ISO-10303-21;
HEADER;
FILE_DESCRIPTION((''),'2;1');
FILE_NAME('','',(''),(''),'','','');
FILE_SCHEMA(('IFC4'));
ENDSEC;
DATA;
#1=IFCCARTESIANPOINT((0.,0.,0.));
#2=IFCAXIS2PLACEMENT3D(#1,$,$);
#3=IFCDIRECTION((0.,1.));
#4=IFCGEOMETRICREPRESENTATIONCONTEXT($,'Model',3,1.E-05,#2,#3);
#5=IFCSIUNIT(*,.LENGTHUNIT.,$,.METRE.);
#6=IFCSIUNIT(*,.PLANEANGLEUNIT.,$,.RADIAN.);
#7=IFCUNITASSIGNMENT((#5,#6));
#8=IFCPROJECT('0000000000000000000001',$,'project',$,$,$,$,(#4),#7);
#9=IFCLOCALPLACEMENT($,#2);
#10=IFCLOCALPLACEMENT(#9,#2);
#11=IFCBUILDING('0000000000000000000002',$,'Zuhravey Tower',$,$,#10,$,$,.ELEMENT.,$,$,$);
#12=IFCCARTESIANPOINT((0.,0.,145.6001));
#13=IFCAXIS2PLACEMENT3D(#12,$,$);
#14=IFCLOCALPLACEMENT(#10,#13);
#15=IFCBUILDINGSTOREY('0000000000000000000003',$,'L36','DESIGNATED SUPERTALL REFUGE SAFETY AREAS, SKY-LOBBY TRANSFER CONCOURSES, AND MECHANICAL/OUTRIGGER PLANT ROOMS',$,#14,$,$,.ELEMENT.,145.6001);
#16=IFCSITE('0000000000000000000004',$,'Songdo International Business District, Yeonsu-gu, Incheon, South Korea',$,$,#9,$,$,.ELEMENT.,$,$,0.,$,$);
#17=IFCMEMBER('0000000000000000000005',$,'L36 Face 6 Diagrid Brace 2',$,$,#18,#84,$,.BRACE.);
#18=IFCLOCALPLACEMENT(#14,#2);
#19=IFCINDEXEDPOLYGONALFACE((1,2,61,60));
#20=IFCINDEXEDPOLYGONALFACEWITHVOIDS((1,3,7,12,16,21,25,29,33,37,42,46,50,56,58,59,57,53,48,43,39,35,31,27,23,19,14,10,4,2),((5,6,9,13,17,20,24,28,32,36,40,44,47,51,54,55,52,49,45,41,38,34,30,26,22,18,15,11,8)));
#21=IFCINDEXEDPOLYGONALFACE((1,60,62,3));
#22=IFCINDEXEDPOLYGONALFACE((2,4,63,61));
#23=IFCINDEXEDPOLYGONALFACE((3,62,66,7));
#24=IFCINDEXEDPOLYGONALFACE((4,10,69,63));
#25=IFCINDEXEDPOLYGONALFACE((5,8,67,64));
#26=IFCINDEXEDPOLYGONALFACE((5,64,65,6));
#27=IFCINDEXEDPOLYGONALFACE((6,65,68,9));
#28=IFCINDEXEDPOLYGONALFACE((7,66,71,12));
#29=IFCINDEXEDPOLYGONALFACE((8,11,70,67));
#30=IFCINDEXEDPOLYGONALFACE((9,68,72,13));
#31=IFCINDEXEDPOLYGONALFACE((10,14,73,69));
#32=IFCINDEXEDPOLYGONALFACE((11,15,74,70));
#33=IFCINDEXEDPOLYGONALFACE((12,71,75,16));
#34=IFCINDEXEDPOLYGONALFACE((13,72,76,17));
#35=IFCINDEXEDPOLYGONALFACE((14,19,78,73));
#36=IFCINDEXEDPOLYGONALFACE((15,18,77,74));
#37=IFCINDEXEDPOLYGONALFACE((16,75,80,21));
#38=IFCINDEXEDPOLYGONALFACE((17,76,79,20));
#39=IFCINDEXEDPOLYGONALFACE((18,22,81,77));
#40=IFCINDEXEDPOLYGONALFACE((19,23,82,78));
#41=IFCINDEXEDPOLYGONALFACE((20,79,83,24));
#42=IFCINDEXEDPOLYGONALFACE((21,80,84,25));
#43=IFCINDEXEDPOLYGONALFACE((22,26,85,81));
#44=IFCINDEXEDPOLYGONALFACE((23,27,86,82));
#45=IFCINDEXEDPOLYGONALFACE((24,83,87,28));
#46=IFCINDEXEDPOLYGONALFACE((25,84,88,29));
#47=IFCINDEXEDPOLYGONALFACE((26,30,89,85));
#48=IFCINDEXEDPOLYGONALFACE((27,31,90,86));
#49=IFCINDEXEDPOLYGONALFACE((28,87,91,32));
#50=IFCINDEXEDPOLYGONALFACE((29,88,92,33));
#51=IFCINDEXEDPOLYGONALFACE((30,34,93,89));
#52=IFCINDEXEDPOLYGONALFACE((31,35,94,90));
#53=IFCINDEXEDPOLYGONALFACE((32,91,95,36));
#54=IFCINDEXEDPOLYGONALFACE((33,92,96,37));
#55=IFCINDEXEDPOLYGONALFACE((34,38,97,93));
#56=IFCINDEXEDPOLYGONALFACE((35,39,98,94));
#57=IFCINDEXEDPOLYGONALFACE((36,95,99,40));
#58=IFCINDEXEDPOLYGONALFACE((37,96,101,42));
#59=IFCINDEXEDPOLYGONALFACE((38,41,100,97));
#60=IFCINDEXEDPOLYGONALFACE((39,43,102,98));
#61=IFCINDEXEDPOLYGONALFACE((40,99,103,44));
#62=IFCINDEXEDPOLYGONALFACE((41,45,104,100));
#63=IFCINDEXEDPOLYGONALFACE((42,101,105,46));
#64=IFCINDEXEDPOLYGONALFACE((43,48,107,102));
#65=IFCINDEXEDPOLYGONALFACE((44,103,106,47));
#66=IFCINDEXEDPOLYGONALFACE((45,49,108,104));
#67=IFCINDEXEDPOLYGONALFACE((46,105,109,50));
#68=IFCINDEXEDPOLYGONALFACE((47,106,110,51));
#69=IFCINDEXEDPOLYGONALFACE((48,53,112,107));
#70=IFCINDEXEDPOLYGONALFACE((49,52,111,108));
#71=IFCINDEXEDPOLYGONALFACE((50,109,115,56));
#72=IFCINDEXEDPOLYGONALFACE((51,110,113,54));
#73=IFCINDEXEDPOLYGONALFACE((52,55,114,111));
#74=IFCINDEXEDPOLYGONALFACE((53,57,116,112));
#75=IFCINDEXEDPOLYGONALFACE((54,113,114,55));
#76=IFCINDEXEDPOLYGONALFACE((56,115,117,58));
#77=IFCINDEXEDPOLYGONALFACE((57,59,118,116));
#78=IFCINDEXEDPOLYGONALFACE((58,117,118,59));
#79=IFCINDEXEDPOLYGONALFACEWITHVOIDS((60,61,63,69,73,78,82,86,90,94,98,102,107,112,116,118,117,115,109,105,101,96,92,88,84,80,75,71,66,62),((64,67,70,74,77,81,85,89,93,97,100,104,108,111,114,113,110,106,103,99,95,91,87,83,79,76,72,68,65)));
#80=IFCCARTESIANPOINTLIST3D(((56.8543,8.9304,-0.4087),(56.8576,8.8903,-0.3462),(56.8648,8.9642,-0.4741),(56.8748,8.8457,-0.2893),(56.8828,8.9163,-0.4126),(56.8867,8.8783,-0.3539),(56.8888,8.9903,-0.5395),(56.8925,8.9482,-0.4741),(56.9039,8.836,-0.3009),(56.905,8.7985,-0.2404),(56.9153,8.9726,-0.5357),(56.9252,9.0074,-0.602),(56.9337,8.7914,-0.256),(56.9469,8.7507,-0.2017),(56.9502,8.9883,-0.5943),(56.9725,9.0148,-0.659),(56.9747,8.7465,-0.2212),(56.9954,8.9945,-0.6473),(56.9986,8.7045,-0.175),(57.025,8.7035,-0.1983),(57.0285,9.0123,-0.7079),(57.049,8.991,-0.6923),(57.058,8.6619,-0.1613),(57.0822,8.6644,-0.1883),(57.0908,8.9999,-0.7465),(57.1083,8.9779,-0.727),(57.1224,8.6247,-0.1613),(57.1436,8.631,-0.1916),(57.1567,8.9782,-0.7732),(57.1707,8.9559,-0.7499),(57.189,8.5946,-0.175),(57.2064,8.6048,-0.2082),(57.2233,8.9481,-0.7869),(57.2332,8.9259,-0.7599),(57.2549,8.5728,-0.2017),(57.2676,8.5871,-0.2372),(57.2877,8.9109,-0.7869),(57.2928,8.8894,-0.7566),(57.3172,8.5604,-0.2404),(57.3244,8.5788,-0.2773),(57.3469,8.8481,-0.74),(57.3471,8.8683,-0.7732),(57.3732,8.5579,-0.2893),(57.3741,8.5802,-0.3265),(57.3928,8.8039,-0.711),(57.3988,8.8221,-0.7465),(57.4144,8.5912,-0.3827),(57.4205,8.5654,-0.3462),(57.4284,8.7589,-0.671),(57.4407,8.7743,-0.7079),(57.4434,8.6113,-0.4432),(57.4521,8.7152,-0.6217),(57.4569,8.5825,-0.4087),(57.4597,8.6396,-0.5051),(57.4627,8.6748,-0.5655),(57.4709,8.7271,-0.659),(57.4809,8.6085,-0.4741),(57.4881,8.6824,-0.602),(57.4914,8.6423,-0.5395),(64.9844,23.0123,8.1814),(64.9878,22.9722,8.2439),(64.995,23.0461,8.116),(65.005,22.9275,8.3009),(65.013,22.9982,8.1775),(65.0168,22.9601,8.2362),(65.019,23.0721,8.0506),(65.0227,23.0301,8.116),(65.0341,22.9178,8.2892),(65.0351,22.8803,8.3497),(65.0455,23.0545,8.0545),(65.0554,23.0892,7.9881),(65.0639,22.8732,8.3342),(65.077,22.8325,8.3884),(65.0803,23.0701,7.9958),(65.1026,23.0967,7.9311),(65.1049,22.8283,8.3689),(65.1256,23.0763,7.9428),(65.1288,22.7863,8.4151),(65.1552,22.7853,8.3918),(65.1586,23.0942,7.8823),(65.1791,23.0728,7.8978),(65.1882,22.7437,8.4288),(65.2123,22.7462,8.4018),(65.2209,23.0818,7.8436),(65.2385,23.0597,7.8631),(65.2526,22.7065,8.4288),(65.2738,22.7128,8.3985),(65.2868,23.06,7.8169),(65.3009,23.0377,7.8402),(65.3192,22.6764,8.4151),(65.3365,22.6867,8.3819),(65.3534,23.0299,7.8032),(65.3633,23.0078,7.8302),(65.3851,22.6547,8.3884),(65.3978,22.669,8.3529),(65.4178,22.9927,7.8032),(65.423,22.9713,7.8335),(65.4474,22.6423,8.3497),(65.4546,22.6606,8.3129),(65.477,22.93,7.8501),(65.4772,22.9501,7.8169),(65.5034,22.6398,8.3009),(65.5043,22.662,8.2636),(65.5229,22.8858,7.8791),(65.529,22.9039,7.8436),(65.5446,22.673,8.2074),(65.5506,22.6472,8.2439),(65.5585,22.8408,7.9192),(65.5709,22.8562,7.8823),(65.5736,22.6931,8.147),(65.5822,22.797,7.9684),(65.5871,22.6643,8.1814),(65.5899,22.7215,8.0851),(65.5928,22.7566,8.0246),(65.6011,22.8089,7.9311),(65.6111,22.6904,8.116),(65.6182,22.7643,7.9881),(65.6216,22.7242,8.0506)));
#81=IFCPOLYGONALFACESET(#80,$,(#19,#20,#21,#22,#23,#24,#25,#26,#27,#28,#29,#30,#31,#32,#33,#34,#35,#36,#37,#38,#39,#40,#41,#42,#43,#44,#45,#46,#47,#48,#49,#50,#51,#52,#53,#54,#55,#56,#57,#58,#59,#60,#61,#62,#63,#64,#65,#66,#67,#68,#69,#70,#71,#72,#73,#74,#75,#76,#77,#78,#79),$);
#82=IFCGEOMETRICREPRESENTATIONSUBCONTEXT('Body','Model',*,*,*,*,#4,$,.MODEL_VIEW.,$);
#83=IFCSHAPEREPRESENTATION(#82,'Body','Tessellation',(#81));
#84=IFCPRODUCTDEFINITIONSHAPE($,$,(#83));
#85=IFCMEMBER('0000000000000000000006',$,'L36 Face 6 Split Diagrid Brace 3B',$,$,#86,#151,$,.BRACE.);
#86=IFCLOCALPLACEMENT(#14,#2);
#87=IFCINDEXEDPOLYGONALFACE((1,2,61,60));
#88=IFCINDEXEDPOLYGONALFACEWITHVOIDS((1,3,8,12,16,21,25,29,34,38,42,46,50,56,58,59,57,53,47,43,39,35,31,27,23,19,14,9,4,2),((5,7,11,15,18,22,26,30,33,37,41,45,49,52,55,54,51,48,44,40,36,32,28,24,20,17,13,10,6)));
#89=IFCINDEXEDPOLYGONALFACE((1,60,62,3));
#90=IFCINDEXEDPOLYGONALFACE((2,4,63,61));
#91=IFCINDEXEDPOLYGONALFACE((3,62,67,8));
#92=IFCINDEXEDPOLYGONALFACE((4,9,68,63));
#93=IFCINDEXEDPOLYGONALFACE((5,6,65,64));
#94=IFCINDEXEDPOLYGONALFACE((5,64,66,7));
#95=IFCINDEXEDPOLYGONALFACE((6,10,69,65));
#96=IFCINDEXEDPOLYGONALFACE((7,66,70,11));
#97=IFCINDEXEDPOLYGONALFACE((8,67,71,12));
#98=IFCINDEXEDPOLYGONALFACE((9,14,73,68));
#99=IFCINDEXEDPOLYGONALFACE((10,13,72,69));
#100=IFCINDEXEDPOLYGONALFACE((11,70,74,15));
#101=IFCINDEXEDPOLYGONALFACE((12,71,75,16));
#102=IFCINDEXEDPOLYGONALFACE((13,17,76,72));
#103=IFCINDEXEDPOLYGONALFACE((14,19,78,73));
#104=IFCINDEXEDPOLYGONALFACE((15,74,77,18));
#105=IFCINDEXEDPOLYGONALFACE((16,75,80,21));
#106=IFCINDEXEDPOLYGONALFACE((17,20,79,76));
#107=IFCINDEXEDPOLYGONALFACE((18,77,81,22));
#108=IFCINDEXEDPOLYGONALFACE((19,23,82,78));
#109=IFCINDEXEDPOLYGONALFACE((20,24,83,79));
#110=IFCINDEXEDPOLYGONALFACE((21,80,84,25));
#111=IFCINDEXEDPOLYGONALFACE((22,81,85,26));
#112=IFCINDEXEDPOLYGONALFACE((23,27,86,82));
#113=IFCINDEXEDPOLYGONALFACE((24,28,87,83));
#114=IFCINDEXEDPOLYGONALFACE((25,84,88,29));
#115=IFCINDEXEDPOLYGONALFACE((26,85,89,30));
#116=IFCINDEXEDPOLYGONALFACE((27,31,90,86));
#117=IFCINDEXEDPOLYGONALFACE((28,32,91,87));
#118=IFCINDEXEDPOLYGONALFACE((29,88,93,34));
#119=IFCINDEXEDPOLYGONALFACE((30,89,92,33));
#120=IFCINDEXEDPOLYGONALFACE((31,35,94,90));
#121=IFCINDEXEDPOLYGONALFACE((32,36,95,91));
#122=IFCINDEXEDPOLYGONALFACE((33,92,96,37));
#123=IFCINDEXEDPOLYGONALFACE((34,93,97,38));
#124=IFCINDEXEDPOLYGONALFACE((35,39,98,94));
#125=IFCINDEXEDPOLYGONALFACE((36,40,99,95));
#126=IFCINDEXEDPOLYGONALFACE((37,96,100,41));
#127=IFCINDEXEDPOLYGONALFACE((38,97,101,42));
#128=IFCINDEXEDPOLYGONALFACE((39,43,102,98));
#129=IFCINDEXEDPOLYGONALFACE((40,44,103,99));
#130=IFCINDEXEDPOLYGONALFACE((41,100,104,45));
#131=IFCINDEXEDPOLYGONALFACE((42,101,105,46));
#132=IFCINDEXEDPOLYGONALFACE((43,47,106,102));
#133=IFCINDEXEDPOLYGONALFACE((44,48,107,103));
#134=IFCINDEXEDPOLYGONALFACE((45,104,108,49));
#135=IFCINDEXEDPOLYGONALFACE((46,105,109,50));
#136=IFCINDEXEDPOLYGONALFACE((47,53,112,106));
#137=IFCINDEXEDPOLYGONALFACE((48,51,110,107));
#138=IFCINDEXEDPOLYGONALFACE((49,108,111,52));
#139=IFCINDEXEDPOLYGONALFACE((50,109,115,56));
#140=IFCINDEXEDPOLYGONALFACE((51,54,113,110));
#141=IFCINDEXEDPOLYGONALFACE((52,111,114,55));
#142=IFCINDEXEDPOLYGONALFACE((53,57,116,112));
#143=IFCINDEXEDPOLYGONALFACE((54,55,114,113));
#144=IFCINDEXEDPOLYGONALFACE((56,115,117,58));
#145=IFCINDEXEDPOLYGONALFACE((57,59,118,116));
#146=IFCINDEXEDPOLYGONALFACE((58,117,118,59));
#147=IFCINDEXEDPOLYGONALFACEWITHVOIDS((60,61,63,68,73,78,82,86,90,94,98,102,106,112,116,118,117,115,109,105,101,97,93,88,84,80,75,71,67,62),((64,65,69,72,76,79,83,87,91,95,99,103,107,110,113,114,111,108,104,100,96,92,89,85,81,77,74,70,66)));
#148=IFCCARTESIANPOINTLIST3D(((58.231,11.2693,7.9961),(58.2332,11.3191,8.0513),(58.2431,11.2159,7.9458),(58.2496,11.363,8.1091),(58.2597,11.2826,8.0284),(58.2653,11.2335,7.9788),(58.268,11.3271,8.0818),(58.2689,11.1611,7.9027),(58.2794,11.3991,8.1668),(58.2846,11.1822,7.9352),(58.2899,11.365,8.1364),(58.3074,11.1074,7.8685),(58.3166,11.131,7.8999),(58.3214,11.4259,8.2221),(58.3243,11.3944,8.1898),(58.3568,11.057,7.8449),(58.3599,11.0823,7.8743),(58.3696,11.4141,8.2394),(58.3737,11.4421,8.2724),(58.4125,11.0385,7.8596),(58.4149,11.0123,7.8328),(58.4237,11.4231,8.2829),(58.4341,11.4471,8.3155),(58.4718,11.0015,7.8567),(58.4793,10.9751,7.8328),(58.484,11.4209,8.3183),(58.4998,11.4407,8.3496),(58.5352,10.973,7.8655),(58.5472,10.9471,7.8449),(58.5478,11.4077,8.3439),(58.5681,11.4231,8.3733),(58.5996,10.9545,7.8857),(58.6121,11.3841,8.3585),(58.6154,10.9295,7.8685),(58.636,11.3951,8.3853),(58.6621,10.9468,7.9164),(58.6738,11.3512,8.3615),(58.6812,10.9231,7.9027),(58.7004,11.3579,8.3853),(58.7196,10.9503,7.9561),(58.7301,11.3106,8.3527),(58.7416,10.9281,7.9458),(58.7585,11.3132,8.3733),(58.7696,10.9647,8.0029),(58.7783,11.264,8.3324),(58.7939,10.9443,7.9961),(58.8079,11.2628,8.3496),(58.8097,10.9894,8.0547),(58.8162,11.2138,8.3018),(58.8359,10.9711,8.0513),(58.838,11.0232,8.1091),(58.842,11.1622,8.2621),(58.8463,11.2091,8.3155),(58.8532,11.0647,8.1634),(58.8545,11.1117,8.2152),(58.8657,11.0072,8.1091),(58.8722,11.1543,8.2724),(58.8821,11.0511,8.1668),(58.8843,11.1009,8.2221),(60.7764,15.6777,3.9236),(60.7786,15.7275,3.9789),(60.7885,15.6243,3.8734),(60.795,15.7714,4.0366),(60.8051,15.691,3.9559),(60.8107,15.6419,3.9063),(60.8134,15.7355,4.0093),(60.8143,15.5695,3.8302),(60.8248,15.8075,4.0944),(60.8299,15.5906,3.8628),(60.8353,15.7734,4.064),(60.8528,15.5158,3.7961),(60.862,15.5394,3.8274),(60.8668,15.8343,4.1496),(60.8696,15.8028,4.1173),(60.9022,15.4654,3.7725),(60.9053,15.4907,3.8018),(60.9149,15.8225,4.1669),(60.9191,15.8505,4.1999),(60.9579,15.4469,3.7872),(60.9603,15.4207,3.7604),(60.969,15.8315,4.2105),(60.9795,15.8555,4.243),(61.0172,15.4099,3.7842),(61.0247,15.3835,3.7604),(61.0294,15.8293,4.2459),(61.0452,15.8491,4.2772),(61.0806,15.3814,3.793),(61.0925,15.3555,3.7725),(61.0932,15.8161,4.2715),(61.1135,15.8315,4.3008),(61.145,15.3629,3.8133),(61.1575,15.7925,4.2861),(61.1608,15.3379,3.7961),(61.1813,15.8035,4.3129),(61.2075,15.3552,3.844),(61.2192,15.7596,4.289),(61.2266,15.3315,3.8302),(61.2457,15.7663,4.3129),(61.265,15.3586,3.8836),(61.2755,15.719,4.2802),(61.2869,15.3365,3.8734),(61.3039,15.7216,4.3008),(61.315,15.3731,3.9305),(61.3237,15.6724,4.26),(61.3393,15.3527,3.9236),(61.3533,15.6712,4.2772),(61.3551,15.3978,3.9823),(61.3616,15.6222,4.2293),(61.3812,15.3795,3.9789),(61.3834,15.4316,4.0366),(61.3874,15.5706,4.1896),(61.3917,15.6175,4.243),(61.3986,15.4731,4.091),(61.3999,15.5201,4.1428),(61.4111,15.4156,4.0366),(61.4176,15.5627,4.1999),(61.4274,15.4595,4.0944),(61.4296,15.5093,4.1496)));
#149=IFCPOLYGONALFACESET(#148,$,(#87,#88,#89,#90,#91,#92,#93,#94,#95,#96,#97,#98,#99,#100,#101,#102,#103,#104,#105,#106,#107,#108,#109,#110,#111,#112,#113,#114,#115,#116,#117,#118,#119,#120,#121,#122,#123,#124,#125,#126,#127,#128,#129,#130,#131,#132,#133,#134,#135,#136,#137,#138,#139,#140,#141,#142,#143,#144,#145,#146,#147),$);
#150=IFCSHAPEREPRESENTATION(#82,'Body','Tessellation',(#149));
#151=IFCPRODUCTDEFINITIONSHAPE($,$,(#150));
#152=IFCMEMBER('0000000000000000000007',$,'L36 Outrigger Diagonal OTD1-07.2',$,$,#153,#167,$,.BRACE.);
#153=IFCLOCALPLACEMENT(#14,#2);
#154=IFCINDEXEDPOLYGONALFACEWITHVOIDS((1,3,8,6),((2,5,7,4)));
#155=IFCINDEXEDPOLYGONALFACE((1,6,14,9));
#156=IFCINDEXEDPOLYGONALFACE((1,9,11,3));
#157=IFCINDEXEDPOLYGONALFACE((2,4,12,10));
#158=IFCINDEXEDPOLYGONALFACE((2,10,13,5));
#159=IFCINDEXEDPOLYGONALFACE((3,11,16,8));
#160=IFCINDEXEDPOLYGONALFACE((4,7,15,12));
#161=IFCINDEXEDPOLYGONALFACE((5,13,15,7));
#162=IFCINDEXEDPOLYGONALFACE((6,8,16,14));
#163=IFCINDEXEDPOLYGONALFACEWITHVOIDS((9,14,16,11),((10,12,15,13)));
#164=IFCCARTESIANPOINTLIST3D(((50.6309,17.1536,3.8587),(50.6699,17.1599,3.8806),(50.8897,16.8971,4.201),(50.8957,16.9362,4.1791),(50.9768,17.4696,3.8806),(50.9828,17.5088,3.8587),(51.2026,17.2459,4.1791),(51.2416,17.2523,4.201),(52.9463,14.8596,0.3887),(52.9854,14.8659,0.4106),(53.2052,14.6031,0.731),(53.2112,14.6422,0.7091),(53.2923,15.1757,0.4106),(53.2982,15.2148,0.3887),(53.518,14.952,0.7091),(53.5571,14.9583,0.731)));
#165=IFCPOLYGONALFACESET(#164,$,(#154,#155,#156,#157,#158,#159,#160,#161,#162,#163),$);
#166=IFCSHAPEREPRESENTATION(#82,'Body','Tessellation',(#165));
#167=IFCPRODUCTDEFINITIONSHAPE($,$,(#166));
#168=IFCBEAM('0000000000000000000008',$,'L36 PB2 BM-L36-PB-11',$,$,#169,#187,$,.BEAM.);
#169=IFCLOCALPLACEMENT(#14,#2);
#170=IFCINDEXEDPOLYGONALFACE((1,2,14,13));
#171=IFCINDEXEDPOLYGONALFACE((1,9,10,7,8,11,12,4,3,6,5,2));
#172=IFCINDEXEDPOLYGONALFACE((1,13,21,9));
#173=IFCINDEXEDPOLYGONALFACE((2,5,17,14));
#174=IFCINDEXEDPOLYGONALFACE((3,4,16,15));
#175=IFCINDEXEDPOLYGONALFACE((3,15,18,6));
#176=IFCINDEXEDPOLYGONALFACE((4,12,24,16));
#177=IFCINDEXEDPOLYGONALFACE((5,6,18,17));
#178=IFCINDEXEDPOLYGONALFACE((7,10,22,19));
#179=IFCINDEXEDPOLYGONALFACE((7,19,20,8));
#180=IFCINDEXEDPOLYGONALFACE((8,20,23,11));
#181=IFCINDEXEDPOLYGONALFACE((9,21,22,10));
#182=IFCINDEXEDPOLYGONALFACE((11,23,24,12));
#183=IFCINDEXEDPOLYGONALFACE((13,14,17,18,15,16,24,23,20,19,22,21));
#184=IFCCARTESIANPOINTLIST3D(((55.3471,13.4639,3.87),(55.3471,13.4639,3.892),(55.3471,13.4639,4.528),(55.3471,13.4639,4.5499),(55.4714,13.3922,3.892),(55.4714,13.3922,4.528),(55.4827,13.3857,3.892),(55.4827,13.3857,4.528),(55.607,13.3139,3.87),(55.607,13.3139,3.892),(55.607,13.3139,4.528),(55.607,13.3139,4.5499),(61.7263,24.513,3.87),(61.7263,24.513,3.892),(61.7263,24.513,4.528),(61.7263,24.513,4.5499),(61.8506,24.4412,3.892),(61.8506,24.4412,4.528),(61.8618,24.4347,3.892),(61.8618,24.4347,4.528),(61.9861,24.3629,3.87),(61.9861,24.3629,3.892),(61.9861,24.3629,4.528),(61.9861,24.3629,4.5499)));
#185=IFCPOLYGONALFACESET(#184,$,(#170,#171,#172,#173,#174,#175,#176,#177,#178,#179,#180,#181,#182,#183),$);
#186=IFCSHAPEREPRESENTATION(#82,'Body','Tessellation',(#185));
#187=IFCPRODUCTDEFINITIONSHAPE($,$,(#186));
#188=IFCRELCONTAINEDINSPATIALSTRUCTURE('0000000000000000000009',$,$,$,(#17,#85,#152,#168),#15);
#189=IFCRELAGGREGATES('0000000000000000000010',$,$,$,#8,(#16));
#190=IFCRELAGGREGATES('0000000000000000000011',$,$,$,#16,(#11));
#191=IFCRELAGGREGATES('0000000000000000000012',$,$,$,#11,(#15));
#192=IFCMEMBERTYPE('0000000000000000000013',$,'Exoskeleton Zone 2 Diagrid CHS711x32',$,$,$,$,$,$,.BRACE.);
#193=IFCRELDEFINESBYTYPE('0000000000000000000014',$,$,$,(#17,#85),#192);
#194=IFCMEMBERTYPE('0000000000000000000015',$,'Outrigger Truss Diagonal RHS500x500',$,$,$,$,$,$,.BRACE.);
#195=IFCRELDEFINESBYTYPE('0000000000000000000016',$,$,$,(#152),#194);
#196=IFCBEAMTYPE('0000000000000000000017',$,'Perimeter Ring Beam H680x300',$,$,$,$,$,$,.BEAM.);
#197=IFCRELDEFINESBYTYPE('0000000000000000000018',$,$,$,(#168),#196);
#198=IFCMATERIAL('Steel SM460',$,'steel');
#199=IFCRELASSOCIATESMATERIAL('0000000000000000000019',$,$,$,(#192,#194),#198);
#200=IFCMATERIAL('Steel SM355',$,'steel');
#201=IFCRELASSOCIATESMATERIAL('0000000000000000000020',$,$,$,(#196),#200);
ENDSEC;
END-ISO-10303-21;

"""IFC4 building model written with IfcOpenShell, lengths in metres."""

from ifc_helpers import new_model, si_unit, direction, frame, origin, origin_2d, place, context, subcontext, project, spatial, hollow_rectangle, hollow_circle, i_section, extrude, material, material_profile, profile_set, type_object, element, save


model = new_model("IFC4")

# Units and contexts
model_context = context("Model", 3, precision=1e-05, world=origin(), true_north=direction((0.0, 1.0)))
body_context = subcontext(model_context, "Body", "Model", "MODEL_VIEW")
ifc_project = project(units=[si_unit("LENGTHUNIT", "METRE"), si_unit("PLANEANGLEUNIT", "RADIAN")], contexts=[model_context])

# Site, building, storey
site_placement = place(None, origin())
site = spatial("IfcSite", under=ifc_project, at=site_placement, Name="Songdo International Business District, Yeonsu-gu, Incheon, South Korea", CompositionType="ELEMENT", RefElevation=0.0)
building_placement = place(site_placement, origin())
building = spatial("IfcBuilding", under=site, at=building_placement, Name="Zuhravey Tower", CompositionType="ELEMENT")
storey_placement = place(building_placement, frame((0.0, 0.0, 145.6001)))
storey = spatial("IfcBuildingStorey", under=building, at=storey_placement, Name="L36", Description="DESIGNATED SUPERTALL REFUGE SAFETY AREAS, SKY-LOBBY TRANSFER CONCOURSES, AND MECHANICAL/OUTRIGGER PLANT ROOMS", CompositionType="ELEMENT", Elevation=145.6001)

# Members
ifc_material_1 = material(Name="Steel SM355", Category="steel")
ifc_material_2 = material(Name="Steel SM460", Category="steel")
ifc_material_profile_1 = material_profile(ifc_material_2, hollow_circle(Radius=0.3557, WallThickness=0.032, at=origin_2d()), Name="CHS-711.2x32")
ifc_profile_set_1 = profile_set([ifc_material_profile_1], Name="Steel SM460")
member_type_1 = type_object("IfcMemberType", Name="Exoskeleton Zone 2 Diagrid CHS711x32", PredefinedType="BRACE", material=ifc_profile_set_1)
member_1_placement = place(storey_placement, frame((57.1729, 8.7864, -0.4741), z_axis=(0.442099, 0.765738, 0.467111), x_axis=(-0.866025, 0.5, 0.0)))
element("IfcMember", 1, at=member_1_placement, inside=storey, type_object=member_type_1, Name="L36 Face 6 Diagrid Brace 2", PredefinedType="BRACE", context=body_context, shape_type="SweptSolid", body=[
    extrude(hollow_circle(Radius=0.3557, WallThickness=0.032, at=origin_2d()), origin(), (0.0, 0.0, 1.0), 18.3899),
])
member_2_placement = place(storey_placement, frame((61.103, 15.5935, 4.0366), z_axis=(-0.390453, -0.676234, 0.624703), x_axis=(0.866009, -0.500028, 0.0)))
element("IfcMember", 2, at=member_2_placement, inside=storey, type_object=member_type_1, Name="L36 Face 6 Split Diagrid Brace 3B", PredefinedType="BRACE", context=body_context, shape_type="SweptSolid", body=[
    extrude(hollow_circle(Radius=0.3557, WallThickness=0.032, at=origin_2d()), origin(), (0.0, 0.0, 1.0), 6.519),
])
ifc_material_profile_2 = material_profile(ifc_material_2, hollow_rectangle(XDim=0.5, YDim=0.5, WallThickness=0.032, at=origin_2d()), Name="RHS-500x500x32")
ifc_profile_set_2 = profile_set([ifc_material_profile_2], Name="Steel SM460")
member_type_2 = type_object("IfcMemberType", Name="Outrigger Truss Diagonal RHS500x500", PredefinedType="BRACE", material=ifc_profile_set_2)
member_3_placement = place(storey_placement, frame((53.2517, 14.9089, 0.5598), z_axis=(-0.486365, 0.481852, 0.728881), x_axis=(-0.703803, -0.710395, 0.0)))
element("IfcMember", 3, at=member_3_placement, inside=storey, type_object=member_type_2, Name="L36 Outrigger Diagonal OTD1-07.2", PredefinedType="BRACE", context=body_context, shape_type="SweptSolid", body=[
    extrude(hollow_rectangle(XDim=0.5, YDim=0.5, WallThickness=0.032, at=origin_2d()), origin(), (0.0, 0.0, 1.0), 4.7607),
])

# Beam
ifc_material_profile_3 = material_profile(ifc_material_1, i_section(OverallWidth=0.3, OverallDepth=0.6799, WebThickness=0.0129, FlangeThickness=0.022, at=origin_2d()), Name="H-680x300x13x22")
ifc_profile_set_3 = profile_set([ifc_material_profile_3], Name="Steel SM355")
beam_type_1 = type_object("IfcBeamType", Name="Perimeter Ring Beam H680x300", PredefinedType="BEAM", material=ifc_profile_set_3)
beam_1_placement = place(storey_placement, frame((55.4771, 13.3889, 4.21), z_axis=(0.499998, 0.866027, 0.0), x_axis=(-0.866027, 0.499998, 0.0)))
element("IfcBeam", 4, at=beam_1_placement, inside=storey, type_object=beam_type_1, Name="L36 PB2 BM-L36-PB-11", PredefinedType="BEAM", context=body_context, shape_type="SweptSolid", body=[
    extrude(i_section(OverallWidth=0.3, OverallDepth=0.6799, WebThickness=0.0129, FlangeThickness=0.022, at=origin_2d()), origin(), (0.0, 0.0, 1.0), 12.7583),
])

save(model, "model.ifc")
